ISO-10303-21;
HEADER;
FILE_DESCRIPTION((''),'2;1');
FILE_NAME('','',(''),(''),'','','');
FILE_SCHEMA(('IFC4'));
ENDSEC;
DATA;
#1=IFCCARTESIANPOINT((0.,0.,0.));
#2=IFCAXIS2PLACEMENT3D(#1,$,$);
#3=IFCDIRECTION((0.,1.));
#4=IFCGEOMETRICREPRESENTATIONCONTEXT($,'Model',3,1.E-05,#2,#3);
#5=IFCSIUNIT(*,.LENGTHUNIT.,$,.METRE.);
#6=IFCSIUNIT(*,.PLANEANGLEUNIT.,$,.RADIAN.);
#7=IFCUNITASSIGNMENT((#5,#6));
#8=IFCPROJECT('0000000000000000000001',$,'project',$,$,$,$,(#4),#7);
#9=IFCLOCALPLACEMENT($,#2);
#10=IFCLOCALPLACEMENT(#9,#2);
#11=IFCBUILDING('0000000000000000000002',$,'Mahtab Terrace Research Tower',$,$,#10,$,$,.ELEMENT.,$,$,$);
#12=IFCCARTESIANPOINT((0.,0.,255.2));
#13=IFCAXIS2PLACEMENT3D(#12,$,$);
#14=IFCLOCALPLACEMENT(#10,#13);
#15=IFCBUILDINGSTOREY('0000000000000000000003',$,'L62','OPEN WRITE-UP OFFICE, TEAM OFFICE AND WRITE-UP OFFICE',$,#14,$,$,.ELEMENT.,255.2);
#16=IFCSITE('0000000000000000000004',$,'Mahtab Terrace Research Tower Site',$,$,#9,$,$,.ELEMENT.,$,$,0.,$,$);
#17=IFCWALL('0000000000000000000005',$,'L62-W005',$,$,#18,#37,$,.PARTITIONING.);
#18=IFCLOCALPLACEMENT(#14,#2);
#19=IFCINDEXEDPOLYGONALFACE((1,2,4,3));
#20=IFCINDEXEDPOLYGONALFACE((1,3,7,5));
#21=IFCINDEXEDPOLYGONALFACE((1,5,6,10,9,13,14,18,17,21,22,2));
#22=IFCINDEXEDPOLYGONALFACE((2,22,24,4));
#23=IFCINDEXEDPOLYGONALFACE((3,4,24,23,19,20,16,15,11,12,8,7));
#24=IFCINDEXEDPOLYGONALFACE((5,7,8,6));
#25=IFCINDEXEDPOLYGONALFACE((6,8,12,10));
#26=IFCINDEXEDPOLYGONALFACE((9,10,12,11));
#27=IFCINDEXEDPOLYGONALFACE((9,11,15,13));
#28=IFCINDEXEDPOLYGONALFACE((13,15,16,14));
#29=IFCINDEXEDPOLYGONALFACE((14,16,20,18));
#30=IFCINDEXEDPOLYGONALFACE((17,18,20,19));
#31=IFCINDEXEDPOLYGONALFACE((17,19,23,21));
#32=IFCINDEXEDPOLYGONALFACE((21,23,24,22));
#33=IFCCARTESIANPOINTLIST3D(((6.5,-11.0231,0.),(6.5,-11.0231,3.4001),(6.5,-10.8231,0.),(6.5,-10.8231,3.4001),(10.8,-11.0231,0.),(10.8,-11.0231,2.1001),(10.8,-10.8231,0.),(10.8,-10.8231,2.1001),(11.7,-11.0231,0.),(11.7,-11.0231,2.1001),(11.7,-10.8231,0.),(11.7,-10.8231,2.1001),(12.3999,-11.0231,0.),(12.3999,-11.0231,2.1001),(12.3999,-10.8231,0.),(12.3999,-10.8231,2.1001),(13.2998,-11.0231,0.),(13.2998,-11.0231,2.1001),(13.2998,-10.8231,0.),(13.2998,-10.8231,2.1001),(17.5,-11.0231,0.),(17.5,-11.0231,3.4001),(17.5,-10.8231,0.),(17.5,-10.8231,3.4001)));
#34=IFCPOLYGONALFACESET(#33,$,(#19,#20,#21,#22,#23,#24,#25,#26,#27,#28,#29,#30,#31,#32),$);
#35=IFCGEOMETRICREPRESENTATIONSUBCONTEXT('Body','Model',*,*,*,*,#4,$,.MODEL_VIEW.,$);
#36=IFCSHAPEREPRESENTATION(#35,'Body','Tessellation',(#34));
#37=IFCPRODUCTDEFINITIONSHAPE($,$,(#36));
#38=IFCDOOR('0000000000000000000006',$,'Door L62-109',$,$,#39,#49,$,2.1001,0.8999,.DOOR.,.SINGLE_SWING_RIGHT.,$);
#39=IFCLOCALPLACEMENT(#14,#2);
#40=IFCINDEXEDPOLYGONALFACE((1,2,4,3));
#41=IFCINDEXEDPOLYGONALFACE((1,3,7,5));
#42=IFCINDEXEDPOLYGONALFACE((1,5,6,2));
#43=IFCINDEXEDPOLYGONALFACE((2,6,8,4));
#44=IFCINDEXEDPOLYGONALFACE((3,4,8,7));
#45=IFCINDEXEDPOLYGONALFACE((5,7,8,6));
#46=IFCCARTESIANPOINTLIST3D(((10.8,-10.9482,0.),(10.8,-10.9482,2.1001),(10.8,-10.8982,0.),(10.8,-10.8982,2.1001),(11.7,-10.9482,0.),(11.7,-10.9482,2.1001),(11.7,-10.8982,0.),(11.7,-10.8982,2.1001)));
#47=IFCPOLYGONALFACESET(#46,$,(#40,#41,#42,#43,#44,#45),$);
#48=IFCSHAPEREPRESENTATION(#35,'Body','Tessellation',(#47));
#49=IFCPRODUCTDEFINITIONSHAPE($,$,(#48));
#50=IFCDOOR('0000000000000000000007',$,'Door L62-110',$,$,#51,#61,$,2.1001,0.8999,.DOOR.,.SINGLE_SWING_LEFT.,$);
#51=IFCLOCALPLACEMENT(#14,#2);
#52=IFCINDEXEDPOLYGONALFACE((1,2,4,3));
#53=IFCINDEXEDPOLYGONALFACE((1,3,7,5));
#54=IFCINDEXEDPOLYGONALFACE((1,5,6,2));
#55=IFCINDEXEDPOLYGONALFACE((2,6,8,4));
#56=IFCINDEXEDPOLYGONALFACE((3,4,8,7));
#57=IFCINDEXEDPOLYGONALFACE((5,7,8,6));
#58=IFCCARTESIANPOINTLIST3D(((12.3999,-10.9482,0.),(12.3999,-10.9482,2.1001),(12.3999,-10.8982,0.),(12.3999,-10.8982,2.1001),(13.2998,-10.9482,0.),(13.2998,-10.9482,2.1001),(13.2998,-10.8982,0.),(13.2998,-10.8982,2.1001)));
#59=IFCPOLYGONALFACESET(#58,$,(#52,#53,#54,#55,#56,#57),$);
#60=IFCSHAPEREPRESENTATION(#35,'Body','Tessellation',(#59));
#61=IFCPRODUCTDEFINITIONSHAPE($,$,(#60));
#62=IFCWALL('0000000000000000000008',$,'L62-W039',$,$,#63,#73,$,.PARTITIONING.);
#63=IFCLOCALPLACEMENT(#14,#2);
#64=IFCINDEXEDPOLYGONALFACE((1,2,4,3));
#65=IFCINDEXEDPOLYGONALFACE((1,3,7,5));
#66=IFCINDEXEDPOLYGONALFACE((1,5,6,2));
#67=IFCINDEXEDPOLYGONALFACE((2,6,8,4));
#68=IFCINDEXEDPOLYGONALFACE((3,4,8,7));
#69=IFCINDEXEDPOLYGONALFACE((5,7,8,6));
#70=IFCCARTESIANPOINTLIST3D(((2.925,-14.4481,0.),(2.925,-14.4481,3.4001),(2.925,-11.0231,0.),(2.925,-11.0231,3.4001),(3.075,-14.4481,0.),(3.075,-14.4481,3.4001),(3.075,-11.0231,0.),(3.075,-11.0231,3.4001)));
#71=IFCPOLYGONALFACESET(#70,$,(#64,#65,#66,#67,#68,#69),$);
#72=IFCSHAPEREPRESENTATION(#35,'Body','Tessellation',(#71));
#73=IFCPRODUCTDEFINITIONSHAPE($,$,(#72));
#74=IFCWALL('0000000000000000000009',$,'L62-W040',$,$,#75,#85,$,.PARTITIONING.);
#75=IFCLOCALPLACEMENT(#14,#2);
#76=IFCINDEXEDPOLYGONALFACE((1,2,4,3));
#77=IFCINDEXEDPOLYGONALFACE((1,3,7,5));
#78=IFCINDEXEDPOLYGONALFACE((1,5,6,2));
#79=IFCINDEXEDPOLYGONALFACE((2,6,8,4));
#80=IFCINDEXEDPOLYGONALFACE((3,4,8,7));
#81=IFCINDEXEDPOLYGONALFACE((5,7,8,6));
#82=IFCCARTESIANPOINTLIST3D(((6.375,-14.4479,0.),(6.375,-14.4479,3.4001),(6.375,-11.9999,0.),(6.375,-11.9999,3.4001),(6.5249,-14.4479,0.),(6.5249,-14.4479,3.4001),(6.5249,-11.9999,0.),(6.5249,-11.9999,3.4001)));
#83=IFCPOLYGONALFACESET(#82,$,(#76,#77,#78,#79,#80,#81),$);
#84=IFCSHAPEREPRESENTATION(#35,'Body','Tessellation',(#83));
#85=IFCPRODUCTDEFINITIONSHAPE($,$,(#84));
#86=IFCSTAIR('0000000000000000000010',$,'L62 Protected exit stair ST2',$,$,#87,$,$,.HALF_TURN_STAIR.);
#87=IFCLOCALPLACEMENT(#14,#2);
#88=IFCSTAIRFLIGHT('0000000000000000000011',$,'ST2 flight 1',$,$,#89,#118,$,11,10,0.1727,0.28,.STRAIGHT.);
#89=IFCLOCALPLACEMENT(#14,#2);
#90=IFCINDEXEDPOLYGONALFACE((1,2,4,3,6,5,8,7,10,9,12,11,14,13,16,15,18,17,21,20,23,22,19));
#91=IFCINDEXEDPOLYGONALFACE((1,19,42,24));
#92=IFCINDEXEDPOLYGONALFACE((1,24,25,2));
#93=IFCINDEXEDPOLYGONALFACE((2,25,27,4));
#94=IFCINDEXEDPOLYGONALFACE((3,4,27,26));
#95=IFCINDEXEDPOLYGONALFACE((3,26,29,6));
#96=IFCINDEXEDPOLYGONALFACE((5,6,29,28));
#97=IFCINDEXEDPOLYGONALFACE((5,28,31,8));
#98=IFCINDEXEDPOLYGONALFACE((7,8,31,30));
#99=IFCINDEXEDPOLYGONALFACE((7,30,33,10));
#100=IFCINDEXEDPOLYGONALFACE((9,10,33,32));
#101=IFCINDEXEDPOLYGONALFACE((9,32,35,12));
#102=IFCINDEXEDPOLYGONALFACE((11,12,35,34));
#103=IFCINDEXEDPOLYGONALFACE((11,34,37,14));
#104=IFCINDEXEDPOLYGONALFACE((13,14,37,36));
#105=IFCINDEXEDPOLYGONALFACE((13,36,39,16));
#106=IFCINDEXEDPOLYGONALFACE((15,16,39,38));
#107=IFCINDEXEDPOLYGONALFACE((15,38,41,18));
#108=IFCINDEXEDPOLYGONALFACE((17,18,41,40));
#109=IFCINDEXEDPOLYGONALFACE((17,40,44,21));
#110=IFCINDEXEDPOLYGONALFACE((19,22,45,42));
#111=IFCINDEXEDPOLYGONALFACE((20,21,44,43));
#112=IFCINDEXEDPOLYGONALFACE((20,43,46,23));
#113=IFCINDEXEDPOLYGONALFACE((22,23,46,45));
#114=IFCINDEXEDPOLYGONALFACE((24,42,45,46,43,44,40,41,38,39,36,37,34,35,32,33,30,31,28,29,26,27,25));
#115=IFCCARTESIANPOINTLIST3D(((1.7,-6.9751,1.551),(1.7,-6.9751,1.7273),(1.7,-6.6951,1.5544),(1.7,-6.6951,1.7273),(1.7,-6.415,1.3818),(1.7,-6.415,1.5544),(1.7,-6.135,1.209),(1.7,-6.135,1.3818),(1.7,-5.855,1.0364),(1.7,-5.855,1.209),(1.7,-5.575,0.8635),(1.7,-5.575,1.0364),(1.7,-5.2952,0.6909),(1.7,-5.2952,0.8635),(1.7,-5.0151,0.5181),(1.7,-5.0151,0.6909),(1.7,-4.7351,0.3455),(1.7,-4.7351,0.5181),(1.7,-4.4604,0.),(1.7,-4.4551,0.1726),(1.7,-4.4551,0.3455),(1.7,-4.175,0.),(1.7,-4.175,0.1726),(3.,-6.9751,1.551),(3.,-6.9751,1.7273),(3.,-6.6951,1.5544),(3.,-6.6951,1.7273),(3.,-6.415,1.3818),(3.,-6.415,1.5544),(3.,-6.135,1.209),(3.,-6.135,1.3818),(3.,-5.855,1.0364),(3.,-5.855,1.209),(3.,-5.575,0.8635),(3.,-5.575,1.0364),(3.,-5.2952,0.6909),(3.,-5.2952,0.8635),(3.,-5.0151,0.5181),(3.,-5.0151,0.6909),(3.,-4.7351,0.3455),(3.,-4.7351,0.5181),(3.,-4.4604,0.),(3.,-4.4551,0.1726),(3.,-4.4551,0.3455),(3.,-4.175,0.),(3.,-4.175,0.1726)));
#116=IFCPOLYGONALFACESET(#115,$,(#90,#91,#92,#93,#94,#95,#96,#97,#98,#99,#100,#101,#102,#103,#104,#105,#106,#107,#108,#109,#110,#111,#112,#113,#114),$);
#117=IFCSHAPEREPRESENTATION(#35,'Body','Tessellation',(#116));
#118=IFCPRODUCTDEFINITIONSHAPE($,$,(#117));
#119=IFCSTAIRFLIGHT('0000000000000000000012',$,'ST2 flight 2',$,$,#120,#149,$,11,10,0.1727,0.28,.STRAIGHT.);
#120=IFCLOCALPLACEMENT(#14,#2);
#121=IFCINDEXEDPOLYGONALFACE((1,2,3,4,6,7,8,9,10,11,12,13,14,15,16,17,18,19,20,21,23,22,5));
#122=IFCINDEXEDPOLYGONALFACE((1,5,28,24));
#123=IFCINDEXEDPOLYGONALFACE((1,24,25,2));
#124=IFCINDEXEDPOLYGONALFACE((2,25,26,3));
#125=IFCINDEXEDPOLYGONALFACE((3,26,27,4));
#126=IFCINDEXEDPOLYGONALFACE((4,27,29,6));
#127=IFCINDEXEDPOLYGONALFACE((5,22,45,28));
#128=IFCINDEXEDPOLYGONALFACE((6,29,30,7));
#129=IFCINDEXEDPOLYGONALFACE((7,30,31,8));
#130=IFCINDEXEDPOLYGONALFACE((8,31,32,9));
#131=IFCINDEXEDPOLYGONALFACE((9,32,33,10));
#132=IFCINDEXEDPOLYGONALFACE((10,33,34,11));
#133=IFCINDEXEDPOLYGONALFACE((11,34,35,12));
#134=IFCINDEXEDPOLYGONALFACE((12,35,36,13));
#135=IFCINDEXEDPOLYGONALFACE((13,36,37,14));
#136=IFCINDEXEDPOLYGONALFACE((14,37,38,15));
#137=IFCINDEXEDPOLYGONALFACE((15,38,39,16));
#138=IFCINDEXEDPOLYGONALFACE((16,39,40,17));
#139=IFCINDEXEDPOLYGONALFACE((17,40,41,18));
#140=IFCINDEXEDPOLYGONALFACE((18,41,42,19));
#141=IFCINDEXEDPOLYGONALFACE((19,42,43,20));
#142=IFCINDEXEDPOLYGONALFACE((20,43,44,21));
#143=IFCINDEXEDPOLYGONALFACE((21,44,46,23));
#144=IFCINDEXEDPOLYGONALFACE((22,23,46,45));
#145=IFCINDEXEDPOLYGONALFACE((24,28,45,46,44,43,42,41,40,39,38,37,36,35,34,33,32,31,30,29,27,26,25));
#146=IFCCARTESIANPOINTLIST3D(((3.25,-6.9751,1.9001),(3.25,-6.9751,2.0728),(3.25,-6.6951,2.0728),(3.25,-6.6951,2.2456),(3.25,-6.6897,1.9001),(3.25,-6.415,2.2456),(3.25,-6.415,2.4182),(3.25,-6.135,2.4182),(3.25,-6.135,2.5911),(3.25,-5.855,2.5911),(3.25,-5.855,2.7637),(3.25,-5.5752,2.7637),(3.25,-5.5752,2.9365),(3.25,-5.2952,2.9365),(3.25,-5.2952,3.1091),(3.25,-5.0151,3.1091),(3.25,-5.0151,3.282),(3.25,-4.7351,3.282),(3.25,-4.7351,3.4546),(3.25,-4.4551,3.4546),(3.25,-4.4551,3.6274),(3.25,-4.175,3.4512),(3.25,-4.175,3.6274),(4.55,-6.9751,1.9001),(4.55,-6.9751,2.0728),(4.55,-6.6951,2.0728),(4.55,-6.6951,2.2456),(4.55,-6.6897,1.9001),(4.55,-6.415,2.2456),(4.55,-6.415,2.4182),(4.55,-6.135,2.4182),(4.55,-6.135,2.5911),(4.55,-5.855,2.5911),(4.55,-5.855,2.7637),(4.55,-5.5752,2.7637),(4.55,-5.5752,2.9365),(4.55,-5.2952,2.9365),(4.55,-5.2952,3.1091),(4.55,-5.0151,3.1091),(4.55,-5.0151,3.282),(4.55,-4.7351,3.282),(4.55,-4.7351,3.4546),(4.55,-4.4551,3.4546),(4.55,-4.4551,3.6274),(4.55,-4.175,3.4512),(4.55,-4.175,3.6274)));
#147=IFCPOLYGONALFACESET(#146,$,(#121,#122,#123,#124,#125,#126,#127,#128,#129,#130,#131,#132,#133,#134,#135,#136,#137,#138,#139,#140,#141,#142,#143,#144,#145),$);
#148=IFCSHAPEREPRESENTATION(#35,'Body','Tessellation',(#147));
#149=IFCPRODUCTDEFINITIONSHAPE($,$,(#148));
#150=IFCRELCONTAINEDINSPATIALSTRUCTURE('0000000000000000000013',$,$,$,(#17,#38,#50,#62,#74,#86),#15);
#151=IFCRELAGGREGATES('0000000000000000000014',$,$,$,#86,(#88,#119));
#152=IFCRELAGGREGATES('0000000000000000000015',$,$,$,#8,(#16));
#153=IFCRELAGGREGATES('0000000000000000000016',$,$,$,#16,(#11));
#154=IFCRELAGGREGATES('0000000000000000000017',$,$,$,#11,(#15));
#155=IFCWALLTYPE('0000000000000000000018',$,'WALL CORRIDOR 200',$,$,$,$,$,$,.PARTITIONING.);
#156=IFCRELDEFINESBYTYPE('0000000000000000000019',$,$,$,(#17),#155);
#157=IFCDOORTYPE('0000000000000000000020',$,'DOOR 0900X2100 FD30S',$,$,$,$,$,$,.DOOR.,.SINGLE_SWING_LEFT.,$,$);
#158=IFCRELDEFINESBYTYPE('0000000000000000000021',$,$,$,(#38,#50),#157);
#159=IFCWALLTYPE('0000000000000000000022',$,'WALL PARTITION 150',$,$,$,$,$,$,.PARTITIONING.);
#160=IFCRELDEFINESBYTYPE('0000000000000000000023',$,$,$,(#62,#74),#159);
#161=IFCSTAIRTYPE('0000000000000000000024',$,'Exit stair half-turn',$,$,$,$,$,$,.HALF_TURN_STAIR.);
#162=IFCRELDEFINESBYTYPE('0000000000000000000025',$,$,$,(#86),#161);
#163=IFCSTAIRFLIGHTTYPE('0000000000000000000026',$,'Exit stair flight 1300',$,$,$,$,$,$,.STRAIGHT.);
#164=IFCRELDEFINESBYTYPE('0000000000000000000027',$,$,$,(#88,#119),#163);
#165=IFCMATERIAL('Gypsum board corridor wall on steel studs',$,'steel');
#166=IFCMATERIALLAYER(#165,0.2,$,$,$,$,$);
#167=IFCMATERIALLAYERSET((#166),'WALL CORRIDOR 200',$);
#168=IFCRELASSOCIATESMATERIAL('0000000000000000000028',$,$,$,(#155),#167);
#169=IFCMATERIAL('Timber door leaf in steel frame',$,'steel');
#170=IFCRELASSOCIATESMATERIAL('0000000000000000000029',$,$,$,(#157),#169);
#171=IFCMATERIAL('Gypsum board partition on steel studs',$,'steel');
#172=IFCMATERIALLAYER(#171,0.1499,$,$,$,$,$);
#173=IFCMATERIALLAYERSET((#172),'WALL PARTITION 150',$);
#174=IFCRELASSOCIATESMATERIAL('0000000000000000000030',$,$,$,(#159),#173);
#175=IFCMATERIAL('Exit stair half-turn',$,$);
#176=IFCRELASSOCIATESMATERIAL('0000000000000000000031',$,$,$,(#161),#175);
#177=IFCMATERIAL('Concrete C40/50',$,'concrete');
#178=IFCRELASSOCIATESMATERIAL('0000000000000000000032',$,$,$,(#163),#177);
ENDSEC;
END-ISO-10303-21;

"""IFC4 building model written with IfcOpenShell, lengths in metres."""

from ifc_helpers import new_model, si_unit, direction, frame, frame_2d, origin, place, context, subcontext, project, spatial, polyline, rectangle, outline, extrude, material, layer, layer_set, type_object, element, fill, aggregate, save


model = new_model("IFC4")

# Units and contexts
model_context = context("Model", 3, precision=1e-05, world=origin(), true_north=direction((0.0, 1.0)))
body_context = subcontext(model_context, "Body", "Model", "MODEL_VIEW")
ifc_project = project(units=[si_unit("LENGTHUNIT", "METRE"), si_unit("PLANEANGLEUNIT", "RADIAN")], contexts=[model_context])

# Site, building, storey
site_placement = place(None, origin())
site = spatial("IfcSite", under=ifc_project, at=site_placement, Name="Mahtab Terrace Research Tower Site", CompositionType="ELEMENT", RefElevation=0.0)
building_placement = place(site_placement, origin())
building = spatial("IfcBuilding", under=site, at=building_placement, Name="Mahtab Terrace Research Tower", CompositionType="ELEMENT")
storey_placement = place(building_placement, frame((0.0, 0.0, 255.2)))
storey = spatial("IfcBuildingStorey", under=building, at=storey_placement, Name="L62", Description="OPEN WRITE-UP OFFICE, TEAM OFFICE AND WRITE-UP OFFICE", CompositionType="ELEMENT", Elevation=255.2)

# Wall, openings, doors
ifc_material_1 = material(Name="Gypsum board corridor wall on steel studs", Category="steel")
ifc_layer_1 = layer(ifc_material_1, 0.2)
ifc_layer_set_1 = layer_set([ifc_layer_1], Name="WALL CORRIDOR 200")
wall_type_1 = type_object("IfcWallType", Name="WALL CORRIDOR 200", PredefinedType="PARTITIONING", material=ifc_layer_set_1)
wall_1_placement = place(storey_placement, frame((6.5, -10.9231, 0.0), z_axis=(0.0, 0.0, 1.0), x_axis=(1.0, 0.0, 0.0)))
wall_1 = element("IfcWall", 1, at=wall_1_placement, inside=storey, type_object=wall_type_1, Name="L62-W005", PredefinedType="PARTITIONING", context=body_context, shape_type="SweptSolid", body=[
    extrude(rectangle(XDim=11.0, YDim=0.2, at=frame_2d((5.5, 0.0))), origin(), (0.0, 0.0, 1.0), 3.4001),
])
opening_1_placement = place(wall_1_placement, frame((4.3, 0.0, 0.0)))
opening_1 = element("IfcOpeningElement", 2, at=opening_1_placement, cuts=wall_1, PredefinedType="OPENING", context=body_context, shape_type="SweptSolid", body=[
    extrude(rectangle(XDim=0.8999, YDim=2.1001, at=frame_2d((0.45, 1.05))), frame((0.0, 0.1099, 0.0), z_axis=(0.0, -1.0, 0.0), x_axis=(1.0, 0.0, 0.0)), (0.0, 0.0, 1.0), 0.22),
])
opening_2_placement = place(wall_1_placement, frame((5.8999, 0.0, 0.0)))
opening_2 = element("IfcOpeningElement", 3, at=opening_2_placement, cuts=wall_1, PredefinedType="OPENING", context=body_context, shape_type="SweptSolid", body=[
    extrude(rectangle(XDim=0.8999, YDim=2.1001, at=frame_2d((0.45, 1.05))), frame((0.0, 0.1099, 0.0), z_axis=(0.0, -1.0, 0.0), x_axis=(1.0, 0.0, 0.0)), (0.0, 0.0, 1.0), 0.22),
])
ifc_material_2 = material(Name="Timber door leaf in steel frame", Category="steel")
door_type_1 = type_object("IfcDoorType", Name="DOOR 0900X2100 FD30S", OperationType="SINGLE_SWING_LEFT", PredefinedType="DOOR", material=ifc_material_2)
door_1_placement = place(opening_1_placement, origin())
door_1 = element("IfcDoor", 4, at=door_1_placement, inside=storey, type_object=door_type_1, Name="Door L62-109", OperationType="SINGLE_SWING_RIGHT", OverallHeight=2.1001, OverallWidth=0.8999, PredefinedType="DOOR", context=body_context, shape_type="SweptSolid", body=[
    extrude(rectangle(XDim=0.8999, YDim=2.1001, at=frame_2d((0.45, 1.05))), frame((0.0, 0.0249, 0.0), z_axis=(0.0, -1.0, 0.0), x_axis=(1.0, 0.0, 0.0)), (0.0, 0.0, 1.0), 0.05),
])
fill(opening_1, door_1)
door_2_placement = place(opening_2_placement, origin())
door_2 = element("IfcDoor", 5, at=door_2_placement, inside=storey, type_object=door_type_1, Name="Door L62-110", OperationType="SINGLE_SWING_LEFT", OverallHeight=2.1001, OverallWidth=0.8999, PredefinedType="DOOR", context=body_context, shape_type="SweptSolid", body=[
    extrude(rectangle(XDim=0.8999, YDim=2.1001, at=frame_2d((0.45, 1.05))), frame((0.0, 0.0249, 0.0), z_axis=(0.0, -1.0, 0.0), x_axis=(1.0, 0.0, 0.0)), (0.0, 0.0, 1.0), 0.05),
])
fill(opening_2, door_2)

# Walls
ifc_material_3 = material(Name="Gypsum board partition on steel studs", Category="steel")
ifc_layer_2 = layer(ifc_material_3, 0.1499)
ifc_layer_set_2 = layer_set([ifc_layer_2], Name="WALL PARTITION 150")
wall_type_2 = type_object("IfcWallType", Name="WALL PARTITION 150", PredefinedType="PARTITIONING", material=ifc_layer_set_2)
wall_2_placement = place(storey_placement, frame((3.0, -14.448, 0.0), z_axis=(0.0, 0.0, 1.0), x_axis=(0.0, 1.0, 0.0)))
element("IfcWall", 6, at=wall_2_placement, inside=storey, type_object=wall_type_2, Name="L62-W039", PredefinedType="PARTITIONING", context=body_context, shape_type="SweptSolid", body=[
    extrude(rectangle(XDim=3.425, YDim=0.1499, at=frame_2d((1.7124, 0.0))), origin(), (0.0, 0.0, 1.0), 3.4001),
])
wall_3_placement = place(storey_placement, frame((6.45, -14.448, 0.0), z_axis=(0.0, 0.0, 1.0), x_axis=(0.0, 1.0, 0.0)))
element("IfcWall", 7, at=wall_3_placement, inside=storey, type_object=wall_type_2, Name="L62-W040", PredefinedType="PARTITIONING", context=body_context, shape_type="SweptSolid", body=[
    extrude(rectangle(XDim=2.448, YDim=0.1499, at=frame_2d((1.2241, 0.0))), origin(), (0.0, 0.0, 1.0), 3.4001),
])

# Stair, stair flights
ifc_material_4 = material(Name="Exit stair half-turn")
stair_type = type_object("IfcStairType", Name="Exit stair half-turn", PredefinedType="HALF_TURN_STAIR", material=ifc_material_4)
stair_placement = place(storey_placement, origin())
stair = element("IfcStair", 8, at=stair_placement, inside=storey, type_object=stair_type, Name="L62 Protected exit stair ST2", PredefinedType="HALF_TURN_STAIR")
ifc_material_5 = material(Name="Concrete C40/50", Category="concrete")
stair_flight_type = type_object("IfcStairFlightType", Name="Exit stair flight 1300", PredefinedType="STRAIGHT", material=ifc_material_5)
stair_flight_1_placement = place(storey_placement, frame((2.3501, -4.175, 0.0), z_axis=(0.0, 0.0, 1.0), x_axis=(0.0, -1.0, 0.0)))
stair_flight_1 = element("IfcStairFlight", 9, at=stair_flight_1_placement, type_object=stair_flight_type, Name="ST2 flight 1", NumberOfRisers=11, NumberOfTreads=10, PredefinedType="STRAIGHT", RiserHeight=0.1727, TreadLength=0.28, context=body_context, shape_type="SweptSolid", body=[
    extrude(outline(polyline([(0.0, 0.0), (0.0, 0.1726), (0.28, 0.1726), (0.28, 0.3455), (0.5601, 0.3455), (0.5601, 0.5181), (0.8401, 0.5181), (0.8401, 0.6909), (1.1201, 0.6909), (1.1201, 0.8635), (1.3999, 0.8635), (1.3999, 1.0364), (1.6799, 1.0364), (1.6799, 1.209), (1.96, 1.209), (1.96, 1.3818), (2.24, 1.3818), (2.24, 1.5544), (2.52, 1.5544), (2.52, 1.7273), (2.8, 1.7273), (2.8, 1.8999), (2.8, 1.551), (0.2854, 0.0), (0.0, 0.0)])), frame((0.0, 0.6499, 0.0), z_axis=(0.0, -1.0, 0.0), x_axis=(1.0, 0.0, 0.0)), (0.0, 0.0, 1.0), 1.3),
])
stair_flight_2_placement = place(storey_placement, frame((3.8999, -6.9751, 1.9001), z_axis=(0.0, 0.0, 1.0), x_axis=(0.0, 1.0, 0.0)))
stair_flight_2 = element("IfcStairFlight", 10, at=stair_flight_2_placement, type_object=stair_flight_type, Name="ST2 flight 2", NumberOfRisers=11, NumberOfTreads=10, PredefinedType="STRAIGHT", RiserHeight=0.1727, TreadLength=0.28, context=body_context, shape_type="SweptSolid", body=[
    extrude(outline(polyline([(0.0, 0.0), (0.0, 0.1726), (0.28, 0.1726), (0.28, 0.3455), (0.5601, 0.3455), (0.5601, 0.5181), (0.8401, 0.5181), (0.8401, 0.6909), (1.1201, 0.6909), (1.1201, 0.8635), (1.3999, 0.8635), (1.3999, 1.0364), (1.6799, 1.0364), (1.6799, 1.209), (1.96, 1.209), (1.96, 1.3818), (2.24, 1.3818), (2.24, 1.5544), (2.52, 1.5544), (2.52, 1.7273), (2.8, 1.7273), (2.8, 1.8999), (2.8, 1.551), (0.2854, 0.0), (0.0, 0.0)])), frame((0.0, 0.6499, 0.0), z_axis=(0.0, -1.0, 0.0), x_axis=(1.0, 0.0, 0.0)), (0.0, 0.0, 1.0), 1.3),
])
aggregate(stair, [stair_flight_1, stair_flight_2])

save(model, "model.ifc")
